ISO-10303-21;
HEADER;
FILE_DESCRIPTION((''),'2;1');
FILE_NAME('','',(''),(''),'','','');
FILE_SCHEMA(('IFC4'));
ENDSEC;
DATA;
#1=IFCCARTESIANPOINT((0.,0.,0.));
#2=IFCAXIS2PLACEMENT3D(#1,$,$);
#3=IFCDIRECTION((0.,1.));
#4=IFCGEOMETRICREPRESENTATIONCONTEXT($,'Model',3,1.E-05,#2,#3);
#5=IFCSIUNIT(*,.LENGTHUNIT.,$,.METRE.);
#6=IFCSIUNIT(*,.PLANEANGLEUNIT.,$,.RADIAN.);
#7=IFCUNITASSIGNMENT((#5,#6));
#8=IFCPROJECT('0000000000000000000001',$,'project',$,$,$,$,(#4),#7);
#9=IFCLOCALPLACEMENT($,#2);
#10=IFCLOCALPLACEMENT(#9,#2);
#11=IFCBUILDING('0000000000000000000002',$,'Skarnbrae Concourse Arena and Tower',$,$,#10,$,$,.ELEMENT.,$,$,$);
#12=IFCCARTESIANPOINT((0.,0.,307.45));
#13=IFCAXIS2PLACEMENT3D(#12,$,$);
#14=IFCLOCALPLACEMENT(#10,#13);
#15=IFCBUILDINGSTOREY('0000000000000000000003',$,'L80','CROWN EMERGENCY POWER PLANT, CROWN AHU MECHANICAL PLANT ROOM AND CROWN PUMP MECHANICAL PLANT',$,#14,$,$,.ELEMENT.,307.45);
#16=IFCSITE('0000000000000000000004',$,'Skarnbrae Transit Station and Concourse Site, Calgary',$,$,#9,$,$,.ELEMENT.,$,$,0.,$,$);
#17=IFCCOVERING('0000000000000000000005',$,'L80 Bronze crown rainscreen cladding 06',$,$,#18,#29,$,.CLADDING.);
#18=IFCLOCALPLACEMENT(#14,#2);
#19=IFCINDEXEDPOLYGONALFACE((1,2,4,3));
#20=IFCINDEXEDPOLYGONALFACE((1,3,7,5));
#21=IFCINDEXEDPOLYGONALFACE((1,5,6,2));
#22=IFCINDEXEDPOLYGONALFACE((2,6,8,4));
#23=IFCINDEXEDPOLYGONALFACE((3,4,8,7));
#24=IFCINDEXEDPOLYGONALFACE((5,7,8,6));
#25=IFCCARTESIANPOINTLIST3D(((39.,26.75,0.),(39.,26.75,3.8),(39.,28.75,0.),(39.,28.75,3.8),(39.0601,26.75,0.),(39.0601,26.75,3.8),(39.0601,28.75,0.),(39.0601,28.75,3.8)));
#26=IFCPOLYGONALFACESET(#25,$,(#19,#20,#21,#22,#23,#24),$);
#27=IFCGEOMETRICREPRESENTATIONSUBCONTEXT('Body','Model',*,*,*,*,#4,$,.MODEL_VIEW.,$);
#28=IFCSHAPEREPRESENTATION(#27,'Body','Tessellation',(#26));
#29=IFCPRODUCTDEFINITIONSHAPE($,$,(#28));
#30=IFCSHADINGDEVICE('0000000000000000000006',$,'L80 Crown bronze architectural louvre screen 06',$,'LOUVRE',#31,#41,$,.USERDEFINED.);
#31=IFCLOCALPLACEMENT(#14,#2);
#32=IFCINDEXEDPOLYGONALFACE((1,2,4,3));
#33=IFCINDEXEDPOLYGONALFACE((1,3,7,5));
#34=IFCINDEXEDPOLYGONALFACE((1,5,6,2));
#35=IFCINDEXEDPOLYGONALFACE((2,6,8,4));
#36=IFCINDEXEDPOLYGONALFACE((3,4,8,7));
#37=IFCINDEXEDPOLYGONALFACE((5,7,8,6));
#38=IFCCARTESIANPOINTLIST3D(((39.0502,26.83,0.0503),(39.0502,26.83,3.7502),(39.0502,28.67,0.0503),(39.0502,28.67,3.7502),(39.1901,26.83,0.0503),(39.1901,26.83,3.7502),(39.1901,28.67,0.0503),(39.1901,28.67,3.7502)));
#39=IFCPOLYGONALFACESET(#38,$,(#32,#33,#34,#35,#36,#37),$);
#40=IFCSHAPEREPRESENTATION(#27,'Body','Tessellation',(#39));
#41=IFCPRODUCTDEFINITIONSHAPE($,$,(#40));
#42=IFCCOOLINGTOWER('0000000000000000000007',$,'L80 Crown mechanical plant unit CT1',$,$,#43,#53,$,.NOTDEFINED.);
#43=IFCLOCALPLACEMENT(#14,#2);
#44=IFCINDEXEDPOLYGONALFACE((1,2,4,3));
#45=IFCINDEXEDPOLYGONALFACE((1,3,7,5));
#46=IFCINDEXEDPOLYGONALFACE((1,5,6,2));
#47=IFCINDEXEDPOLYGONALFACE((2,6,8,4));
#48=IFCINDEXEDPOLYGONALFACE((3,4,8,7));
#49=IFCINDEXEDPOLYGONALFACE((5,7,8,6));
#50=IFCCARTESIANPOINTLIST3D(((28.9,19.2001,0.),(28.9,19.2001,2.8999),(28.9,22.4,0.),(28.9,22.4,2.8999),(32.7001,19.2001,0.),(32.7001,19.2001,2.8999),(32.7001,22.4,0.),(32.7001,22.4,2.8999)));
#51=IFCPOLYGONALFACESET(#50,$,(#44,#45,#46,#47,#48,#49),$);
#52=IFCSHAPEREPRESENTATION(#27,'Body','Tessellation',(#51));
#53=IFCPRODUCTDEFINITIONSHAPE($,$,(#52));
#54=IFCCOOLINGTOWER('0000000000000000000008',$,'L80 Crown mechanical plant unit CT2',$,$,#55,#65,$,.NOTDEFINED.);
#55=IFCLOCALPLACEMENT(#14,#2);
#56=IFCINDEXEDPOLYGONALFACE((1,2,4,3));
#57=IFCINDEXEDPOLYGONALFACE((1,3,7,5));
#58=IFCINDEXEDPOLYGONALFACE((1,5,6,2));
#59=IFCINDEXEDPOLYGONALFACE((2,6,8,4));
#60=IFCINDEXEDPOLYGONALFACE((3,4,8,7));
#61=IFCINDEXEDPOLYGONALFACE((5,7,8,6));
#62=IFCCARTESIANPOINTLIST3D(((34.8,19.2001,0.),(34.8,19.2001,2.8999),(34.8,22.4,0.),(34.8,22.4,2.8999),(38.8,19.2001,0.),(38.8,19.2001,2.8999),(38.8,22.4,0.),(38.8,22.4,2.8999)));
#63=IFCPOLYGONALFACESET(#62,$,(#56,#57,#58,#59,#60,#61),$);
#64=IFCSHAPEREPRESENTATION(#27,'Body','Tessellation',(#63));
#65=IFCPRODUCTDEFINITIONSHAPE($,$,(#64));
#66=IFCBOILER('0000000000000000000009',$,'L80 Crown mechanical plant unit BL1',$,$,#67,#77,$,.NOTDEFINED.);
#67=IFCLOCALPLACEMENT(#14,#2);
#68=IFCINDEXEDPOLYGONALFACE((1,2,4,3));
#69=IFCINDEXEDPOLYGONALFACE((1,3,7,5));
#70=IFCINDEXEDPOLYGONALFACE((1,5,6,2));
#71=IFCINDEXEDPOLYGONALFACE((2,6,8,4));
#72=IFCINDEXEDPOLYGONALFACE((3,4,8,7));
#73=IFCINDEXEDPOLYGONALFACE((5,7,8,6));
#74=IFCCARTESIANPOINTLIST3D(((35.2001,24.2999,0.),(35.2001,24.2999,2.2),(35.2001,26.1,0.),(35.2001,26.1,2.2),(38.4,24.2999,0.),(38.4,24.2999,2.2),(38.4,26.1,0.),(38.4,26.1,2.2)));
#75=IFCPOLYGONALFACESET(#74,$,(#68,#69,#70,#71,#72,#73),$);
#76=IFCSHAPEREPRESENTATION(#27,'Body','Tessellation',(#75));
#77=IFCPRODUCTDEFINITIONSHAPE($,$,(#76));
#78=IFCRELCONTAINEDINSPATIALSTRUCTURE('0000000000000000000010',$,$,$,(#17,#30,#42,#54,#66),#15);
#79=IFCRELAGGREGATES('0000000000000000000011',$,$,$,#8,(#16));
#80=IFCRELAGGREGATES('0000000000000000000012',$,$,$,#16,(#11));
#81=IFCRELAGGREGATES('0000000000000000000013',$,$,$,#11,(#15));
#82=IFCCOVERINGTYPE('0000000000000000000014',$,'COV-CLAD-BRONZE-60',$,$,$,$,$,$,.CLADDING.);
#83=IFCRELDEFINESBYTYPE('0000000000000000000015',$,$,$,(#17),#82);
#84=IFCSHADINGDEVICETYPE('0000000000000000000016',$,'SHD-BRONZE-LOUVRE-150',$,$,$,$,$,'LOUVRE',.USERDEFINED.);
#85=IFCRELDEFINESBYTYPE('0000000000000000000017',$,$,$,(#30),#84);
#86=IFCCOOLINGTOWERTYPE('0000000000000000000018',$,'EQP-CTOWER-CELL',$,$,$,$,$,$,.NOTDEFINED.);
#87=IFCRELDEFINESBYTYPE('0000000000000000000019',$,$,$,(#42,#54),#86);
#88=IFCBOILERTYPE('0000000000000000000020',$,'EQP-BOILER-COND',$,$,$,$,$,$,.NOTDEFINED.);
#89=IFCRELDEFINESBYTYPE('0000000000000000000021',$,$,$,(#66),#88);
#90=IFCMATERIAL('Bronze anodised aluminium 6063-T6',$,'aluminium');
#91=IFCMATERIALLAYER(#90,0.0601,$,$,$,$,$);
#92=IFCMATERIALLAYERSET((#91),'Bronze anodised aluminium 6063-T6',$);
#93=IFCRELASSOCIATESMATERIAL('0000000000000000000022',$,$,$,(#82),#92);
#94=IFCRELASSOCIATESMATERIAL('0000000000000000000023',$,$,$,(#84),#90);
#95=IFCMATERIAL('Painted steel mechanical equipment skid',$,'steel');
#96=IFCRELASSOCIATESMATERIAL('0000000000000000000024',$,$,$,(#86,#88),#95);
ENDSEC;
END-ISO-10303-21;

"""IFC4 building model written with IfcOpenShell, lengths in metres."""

from ifc_helpers import new_model, si_unit, direction, frame, origin, origin_2d, place, context, subcontext, project, spatial, rectangle, extrude, source, transform, mapped, material, layer, layer_set, type_object, element, save


model = new_model("IFC4")

# Units and contexts
model_context = context("Model", 3, precision=1e-05, world=origin(), true_north=direction((0.0, 1.0)))
body_context = subcontext(model_context, "Body", "Model", "MODEL_VIEW")
ifc_project = project(units=[si_unit("LENGTHUNIT", "METRE"), si_unit("PLANEANGLEUNIT", "RADIAN")], contexts=[model_context])

# Site, building, storey
site_placement = place(None, origin())
site = spatial("IfcSite", under=ifc_project, at=site_placement, Name="Skarnbrae Transit Station and Concourse Site, Calgary", CompositionType="ELEMENT", RefElevation=0.0)
building_placement = place(site_placement, origin())
building = spatial("IfcBuilding", under=site, at=building_placement, Name="Skarnbrae Concourse Arena and Tower", CompositionType="ELEMENT")
storey_placement = place(building_placement, frame((0.0, 0.0, 307.45)))
storey = spatial("IfcBuildingStorey", under=building, at=storey_placement, Name="L80", Description="CROWN EMERGENCY POWER PLANT, CROWN AHU MECHANICAL PLANT ROOM AND CROWN PUMP MECHANICAL PLANT", CompositionType="ELEMENT", Elevation=307.45)

# Shared definitions
ifc_material_1 = material(Name="Bronze anodised aluminium 6063-T6", Category="aluminium")
ifc_layer_1 = layer(ifc_material_1, 0.0601)
ifc_layer_set_1 = layer_set([ifc_layer_1], Name="Bronze anodised aluminium 6063-T6")
covering_type = type_object("IfcCoveringType", Name="COV-CLAD-BRONZE-60", PredefinedType="CLADDING", material=ifc_layer_set_1)

# Shared definitions
shading_device_type = type_object("IfcShadingDeviceType", Name="SHD-BRONZE-LOUVRE-150", ElementType="LOUVRE", PredefinedType="USERDEFINED", material=ifc_material_1)

# Covering
shared_shape_1 = source(origin(), body_context, "Body", "SweptSolid", [
    extrude(rectangle(XDim=2.0, YDim=0.0601, at=origin_2d()), origin(), (0.0, 0.0, 1.0), 3.8),
])
covering_1_placement = place(storey_placement, frame((39.03, 27.75, 0.0), z_axis=(0.0, 0.0, 1.0), x_axis=(0.0, 1.0, 0.0)))
element("IfcCovering", 1, at=covering_1_placement, inside=storey, type_object=covering_type, Name="L80 Bronze crown rainscreen cladding 06", PredefinedType="CLADDING", context=body_context, shape_type="MappedRepresentation", body=[
    mapped(shared_shape_1, transform((0.0, 0.0, 0.0))),
])

# Shading device
shared_shape_2 = source(origin(), body_context, "Body", "SweptSolid", [
    extrude(rectangle(XDim=1.8401, YDim=0.1399, at=origin_2d()), origin(), (0.0, 0.0, 1.0), 3.7),
])
shading_device_1_placement = place(storey_placement, frame((39.1201, 27.75, 0.0503), z_axis=(0.0, 0.0, 1.0), x_axis=(0.0, 1.0, 0.0)))
element("IfcShadingDevice", 2, at=shading_device_1_placement, inside=storey, type_object=shading_device_type, Name="L80 Crown bronze architectural louvre screen 06", ObjectType="LOUVRE", PredefinedType="USERDEFINED", context=body_context, shape_type="MappedRepresentation", body=[
    mapped(shared_shape_2, transform((0.0, 0.0, 0.0))),
])

# Cooling towers
ifc_material_2 = material(Name="Painted steel mechanical equipment skid", Category="steel")
cooling_tower_type = type_object("IfcCoolingTowerType", Name="EQP-CTOWER-CELL", PredefinedType="NOTDEFINED", material=ifc_material_2)
shared_shape_3 = source(origin(), body_context, "Body", "SweptSolid", [
    extrude(rectangle(XDim=3.8, YDim=3.2, at=origin_2d()), origin(), (0.0, 0.0, 1.0), 2.8999),
])
cooling_tower_1_placement = place(storey_placement, frame((30.8, 20.8, 0.0), z_axis=(0.0, 0.0, 1.0), x_axis=(1.0, 0.0, 0.0)))
element("IfcCoolingTower", 3, at=cooling_tower_1_placement, inside=storey, type_object=cooling_tower_type, Name="L80 Crown mechanical plant unit CT1", PredefinedType="NOTDEFINED", context=body_context, shape_type="MappedRepresentation", body=[
    mapped(shared_shape_3, transform((0.0, 0.0, 0.0))),
])
shared_shape_4 = source(origin(), body_context, "Body", "SweptSolid", [
    extrude(rectangle(XDim=4.0, YDim=3.2, at=origin_2d()), origin(), (0.0, 0.0, 1.0), 2.8999),
])
cooling_tower_2_placement = place(storey_placement, frame((36.8, 20.8, 0.0), z_axis=(0.0, 0.0, 1.0), x_axis=(1.0, 0.0, 0.0)))
element("IfcCoolingTower", 4, at=cooling_tower_2_placement, inside=storey, type_object=cooling_tower_type, Name="L80 Crown mechanical plant unit CT2", PredefinedType="NOTDEFINED", context=body_context, shape_type="MappedRepresentation", body=[
    mapped(shared_shape_4, transform((0.0, 0.0, 0.0))),
])

# Boiler
boiler_type = type_object("IfcBoilerType", Name="EQP-BOILER-COND", PredefinedType="NOTDEFINED", material=ifc_material_2)
shared_shape_5 = source(origin(), body_context, "Body", "SweptSolid", [
    extrude(rectangle(XDim=3.2, YDim=1.8, at=origin_2d()), origin(), (0.0, 0.0, 1.0), 2.2),
])
boiler_placement = place(storey_placement, frame((36.8, 25.2, 0.0), z_axis=(0.0, 0.0, 1.0), x_axis=(1.0, 0.0, 0.0)))
element("IfcBoiler", 5, at=boiler_placement, inside=storey, type_object=boiler_type, Name="L80 Crown mechanical plant unit BL1", PredefinedType="NOTDEFINED", context=body_context, shape_type="MappedRepresentation", body=[
    mapped(shared_shape_5, transform((0.0, 0.0, 0.0))),
])

save(model, "model.ifc")
